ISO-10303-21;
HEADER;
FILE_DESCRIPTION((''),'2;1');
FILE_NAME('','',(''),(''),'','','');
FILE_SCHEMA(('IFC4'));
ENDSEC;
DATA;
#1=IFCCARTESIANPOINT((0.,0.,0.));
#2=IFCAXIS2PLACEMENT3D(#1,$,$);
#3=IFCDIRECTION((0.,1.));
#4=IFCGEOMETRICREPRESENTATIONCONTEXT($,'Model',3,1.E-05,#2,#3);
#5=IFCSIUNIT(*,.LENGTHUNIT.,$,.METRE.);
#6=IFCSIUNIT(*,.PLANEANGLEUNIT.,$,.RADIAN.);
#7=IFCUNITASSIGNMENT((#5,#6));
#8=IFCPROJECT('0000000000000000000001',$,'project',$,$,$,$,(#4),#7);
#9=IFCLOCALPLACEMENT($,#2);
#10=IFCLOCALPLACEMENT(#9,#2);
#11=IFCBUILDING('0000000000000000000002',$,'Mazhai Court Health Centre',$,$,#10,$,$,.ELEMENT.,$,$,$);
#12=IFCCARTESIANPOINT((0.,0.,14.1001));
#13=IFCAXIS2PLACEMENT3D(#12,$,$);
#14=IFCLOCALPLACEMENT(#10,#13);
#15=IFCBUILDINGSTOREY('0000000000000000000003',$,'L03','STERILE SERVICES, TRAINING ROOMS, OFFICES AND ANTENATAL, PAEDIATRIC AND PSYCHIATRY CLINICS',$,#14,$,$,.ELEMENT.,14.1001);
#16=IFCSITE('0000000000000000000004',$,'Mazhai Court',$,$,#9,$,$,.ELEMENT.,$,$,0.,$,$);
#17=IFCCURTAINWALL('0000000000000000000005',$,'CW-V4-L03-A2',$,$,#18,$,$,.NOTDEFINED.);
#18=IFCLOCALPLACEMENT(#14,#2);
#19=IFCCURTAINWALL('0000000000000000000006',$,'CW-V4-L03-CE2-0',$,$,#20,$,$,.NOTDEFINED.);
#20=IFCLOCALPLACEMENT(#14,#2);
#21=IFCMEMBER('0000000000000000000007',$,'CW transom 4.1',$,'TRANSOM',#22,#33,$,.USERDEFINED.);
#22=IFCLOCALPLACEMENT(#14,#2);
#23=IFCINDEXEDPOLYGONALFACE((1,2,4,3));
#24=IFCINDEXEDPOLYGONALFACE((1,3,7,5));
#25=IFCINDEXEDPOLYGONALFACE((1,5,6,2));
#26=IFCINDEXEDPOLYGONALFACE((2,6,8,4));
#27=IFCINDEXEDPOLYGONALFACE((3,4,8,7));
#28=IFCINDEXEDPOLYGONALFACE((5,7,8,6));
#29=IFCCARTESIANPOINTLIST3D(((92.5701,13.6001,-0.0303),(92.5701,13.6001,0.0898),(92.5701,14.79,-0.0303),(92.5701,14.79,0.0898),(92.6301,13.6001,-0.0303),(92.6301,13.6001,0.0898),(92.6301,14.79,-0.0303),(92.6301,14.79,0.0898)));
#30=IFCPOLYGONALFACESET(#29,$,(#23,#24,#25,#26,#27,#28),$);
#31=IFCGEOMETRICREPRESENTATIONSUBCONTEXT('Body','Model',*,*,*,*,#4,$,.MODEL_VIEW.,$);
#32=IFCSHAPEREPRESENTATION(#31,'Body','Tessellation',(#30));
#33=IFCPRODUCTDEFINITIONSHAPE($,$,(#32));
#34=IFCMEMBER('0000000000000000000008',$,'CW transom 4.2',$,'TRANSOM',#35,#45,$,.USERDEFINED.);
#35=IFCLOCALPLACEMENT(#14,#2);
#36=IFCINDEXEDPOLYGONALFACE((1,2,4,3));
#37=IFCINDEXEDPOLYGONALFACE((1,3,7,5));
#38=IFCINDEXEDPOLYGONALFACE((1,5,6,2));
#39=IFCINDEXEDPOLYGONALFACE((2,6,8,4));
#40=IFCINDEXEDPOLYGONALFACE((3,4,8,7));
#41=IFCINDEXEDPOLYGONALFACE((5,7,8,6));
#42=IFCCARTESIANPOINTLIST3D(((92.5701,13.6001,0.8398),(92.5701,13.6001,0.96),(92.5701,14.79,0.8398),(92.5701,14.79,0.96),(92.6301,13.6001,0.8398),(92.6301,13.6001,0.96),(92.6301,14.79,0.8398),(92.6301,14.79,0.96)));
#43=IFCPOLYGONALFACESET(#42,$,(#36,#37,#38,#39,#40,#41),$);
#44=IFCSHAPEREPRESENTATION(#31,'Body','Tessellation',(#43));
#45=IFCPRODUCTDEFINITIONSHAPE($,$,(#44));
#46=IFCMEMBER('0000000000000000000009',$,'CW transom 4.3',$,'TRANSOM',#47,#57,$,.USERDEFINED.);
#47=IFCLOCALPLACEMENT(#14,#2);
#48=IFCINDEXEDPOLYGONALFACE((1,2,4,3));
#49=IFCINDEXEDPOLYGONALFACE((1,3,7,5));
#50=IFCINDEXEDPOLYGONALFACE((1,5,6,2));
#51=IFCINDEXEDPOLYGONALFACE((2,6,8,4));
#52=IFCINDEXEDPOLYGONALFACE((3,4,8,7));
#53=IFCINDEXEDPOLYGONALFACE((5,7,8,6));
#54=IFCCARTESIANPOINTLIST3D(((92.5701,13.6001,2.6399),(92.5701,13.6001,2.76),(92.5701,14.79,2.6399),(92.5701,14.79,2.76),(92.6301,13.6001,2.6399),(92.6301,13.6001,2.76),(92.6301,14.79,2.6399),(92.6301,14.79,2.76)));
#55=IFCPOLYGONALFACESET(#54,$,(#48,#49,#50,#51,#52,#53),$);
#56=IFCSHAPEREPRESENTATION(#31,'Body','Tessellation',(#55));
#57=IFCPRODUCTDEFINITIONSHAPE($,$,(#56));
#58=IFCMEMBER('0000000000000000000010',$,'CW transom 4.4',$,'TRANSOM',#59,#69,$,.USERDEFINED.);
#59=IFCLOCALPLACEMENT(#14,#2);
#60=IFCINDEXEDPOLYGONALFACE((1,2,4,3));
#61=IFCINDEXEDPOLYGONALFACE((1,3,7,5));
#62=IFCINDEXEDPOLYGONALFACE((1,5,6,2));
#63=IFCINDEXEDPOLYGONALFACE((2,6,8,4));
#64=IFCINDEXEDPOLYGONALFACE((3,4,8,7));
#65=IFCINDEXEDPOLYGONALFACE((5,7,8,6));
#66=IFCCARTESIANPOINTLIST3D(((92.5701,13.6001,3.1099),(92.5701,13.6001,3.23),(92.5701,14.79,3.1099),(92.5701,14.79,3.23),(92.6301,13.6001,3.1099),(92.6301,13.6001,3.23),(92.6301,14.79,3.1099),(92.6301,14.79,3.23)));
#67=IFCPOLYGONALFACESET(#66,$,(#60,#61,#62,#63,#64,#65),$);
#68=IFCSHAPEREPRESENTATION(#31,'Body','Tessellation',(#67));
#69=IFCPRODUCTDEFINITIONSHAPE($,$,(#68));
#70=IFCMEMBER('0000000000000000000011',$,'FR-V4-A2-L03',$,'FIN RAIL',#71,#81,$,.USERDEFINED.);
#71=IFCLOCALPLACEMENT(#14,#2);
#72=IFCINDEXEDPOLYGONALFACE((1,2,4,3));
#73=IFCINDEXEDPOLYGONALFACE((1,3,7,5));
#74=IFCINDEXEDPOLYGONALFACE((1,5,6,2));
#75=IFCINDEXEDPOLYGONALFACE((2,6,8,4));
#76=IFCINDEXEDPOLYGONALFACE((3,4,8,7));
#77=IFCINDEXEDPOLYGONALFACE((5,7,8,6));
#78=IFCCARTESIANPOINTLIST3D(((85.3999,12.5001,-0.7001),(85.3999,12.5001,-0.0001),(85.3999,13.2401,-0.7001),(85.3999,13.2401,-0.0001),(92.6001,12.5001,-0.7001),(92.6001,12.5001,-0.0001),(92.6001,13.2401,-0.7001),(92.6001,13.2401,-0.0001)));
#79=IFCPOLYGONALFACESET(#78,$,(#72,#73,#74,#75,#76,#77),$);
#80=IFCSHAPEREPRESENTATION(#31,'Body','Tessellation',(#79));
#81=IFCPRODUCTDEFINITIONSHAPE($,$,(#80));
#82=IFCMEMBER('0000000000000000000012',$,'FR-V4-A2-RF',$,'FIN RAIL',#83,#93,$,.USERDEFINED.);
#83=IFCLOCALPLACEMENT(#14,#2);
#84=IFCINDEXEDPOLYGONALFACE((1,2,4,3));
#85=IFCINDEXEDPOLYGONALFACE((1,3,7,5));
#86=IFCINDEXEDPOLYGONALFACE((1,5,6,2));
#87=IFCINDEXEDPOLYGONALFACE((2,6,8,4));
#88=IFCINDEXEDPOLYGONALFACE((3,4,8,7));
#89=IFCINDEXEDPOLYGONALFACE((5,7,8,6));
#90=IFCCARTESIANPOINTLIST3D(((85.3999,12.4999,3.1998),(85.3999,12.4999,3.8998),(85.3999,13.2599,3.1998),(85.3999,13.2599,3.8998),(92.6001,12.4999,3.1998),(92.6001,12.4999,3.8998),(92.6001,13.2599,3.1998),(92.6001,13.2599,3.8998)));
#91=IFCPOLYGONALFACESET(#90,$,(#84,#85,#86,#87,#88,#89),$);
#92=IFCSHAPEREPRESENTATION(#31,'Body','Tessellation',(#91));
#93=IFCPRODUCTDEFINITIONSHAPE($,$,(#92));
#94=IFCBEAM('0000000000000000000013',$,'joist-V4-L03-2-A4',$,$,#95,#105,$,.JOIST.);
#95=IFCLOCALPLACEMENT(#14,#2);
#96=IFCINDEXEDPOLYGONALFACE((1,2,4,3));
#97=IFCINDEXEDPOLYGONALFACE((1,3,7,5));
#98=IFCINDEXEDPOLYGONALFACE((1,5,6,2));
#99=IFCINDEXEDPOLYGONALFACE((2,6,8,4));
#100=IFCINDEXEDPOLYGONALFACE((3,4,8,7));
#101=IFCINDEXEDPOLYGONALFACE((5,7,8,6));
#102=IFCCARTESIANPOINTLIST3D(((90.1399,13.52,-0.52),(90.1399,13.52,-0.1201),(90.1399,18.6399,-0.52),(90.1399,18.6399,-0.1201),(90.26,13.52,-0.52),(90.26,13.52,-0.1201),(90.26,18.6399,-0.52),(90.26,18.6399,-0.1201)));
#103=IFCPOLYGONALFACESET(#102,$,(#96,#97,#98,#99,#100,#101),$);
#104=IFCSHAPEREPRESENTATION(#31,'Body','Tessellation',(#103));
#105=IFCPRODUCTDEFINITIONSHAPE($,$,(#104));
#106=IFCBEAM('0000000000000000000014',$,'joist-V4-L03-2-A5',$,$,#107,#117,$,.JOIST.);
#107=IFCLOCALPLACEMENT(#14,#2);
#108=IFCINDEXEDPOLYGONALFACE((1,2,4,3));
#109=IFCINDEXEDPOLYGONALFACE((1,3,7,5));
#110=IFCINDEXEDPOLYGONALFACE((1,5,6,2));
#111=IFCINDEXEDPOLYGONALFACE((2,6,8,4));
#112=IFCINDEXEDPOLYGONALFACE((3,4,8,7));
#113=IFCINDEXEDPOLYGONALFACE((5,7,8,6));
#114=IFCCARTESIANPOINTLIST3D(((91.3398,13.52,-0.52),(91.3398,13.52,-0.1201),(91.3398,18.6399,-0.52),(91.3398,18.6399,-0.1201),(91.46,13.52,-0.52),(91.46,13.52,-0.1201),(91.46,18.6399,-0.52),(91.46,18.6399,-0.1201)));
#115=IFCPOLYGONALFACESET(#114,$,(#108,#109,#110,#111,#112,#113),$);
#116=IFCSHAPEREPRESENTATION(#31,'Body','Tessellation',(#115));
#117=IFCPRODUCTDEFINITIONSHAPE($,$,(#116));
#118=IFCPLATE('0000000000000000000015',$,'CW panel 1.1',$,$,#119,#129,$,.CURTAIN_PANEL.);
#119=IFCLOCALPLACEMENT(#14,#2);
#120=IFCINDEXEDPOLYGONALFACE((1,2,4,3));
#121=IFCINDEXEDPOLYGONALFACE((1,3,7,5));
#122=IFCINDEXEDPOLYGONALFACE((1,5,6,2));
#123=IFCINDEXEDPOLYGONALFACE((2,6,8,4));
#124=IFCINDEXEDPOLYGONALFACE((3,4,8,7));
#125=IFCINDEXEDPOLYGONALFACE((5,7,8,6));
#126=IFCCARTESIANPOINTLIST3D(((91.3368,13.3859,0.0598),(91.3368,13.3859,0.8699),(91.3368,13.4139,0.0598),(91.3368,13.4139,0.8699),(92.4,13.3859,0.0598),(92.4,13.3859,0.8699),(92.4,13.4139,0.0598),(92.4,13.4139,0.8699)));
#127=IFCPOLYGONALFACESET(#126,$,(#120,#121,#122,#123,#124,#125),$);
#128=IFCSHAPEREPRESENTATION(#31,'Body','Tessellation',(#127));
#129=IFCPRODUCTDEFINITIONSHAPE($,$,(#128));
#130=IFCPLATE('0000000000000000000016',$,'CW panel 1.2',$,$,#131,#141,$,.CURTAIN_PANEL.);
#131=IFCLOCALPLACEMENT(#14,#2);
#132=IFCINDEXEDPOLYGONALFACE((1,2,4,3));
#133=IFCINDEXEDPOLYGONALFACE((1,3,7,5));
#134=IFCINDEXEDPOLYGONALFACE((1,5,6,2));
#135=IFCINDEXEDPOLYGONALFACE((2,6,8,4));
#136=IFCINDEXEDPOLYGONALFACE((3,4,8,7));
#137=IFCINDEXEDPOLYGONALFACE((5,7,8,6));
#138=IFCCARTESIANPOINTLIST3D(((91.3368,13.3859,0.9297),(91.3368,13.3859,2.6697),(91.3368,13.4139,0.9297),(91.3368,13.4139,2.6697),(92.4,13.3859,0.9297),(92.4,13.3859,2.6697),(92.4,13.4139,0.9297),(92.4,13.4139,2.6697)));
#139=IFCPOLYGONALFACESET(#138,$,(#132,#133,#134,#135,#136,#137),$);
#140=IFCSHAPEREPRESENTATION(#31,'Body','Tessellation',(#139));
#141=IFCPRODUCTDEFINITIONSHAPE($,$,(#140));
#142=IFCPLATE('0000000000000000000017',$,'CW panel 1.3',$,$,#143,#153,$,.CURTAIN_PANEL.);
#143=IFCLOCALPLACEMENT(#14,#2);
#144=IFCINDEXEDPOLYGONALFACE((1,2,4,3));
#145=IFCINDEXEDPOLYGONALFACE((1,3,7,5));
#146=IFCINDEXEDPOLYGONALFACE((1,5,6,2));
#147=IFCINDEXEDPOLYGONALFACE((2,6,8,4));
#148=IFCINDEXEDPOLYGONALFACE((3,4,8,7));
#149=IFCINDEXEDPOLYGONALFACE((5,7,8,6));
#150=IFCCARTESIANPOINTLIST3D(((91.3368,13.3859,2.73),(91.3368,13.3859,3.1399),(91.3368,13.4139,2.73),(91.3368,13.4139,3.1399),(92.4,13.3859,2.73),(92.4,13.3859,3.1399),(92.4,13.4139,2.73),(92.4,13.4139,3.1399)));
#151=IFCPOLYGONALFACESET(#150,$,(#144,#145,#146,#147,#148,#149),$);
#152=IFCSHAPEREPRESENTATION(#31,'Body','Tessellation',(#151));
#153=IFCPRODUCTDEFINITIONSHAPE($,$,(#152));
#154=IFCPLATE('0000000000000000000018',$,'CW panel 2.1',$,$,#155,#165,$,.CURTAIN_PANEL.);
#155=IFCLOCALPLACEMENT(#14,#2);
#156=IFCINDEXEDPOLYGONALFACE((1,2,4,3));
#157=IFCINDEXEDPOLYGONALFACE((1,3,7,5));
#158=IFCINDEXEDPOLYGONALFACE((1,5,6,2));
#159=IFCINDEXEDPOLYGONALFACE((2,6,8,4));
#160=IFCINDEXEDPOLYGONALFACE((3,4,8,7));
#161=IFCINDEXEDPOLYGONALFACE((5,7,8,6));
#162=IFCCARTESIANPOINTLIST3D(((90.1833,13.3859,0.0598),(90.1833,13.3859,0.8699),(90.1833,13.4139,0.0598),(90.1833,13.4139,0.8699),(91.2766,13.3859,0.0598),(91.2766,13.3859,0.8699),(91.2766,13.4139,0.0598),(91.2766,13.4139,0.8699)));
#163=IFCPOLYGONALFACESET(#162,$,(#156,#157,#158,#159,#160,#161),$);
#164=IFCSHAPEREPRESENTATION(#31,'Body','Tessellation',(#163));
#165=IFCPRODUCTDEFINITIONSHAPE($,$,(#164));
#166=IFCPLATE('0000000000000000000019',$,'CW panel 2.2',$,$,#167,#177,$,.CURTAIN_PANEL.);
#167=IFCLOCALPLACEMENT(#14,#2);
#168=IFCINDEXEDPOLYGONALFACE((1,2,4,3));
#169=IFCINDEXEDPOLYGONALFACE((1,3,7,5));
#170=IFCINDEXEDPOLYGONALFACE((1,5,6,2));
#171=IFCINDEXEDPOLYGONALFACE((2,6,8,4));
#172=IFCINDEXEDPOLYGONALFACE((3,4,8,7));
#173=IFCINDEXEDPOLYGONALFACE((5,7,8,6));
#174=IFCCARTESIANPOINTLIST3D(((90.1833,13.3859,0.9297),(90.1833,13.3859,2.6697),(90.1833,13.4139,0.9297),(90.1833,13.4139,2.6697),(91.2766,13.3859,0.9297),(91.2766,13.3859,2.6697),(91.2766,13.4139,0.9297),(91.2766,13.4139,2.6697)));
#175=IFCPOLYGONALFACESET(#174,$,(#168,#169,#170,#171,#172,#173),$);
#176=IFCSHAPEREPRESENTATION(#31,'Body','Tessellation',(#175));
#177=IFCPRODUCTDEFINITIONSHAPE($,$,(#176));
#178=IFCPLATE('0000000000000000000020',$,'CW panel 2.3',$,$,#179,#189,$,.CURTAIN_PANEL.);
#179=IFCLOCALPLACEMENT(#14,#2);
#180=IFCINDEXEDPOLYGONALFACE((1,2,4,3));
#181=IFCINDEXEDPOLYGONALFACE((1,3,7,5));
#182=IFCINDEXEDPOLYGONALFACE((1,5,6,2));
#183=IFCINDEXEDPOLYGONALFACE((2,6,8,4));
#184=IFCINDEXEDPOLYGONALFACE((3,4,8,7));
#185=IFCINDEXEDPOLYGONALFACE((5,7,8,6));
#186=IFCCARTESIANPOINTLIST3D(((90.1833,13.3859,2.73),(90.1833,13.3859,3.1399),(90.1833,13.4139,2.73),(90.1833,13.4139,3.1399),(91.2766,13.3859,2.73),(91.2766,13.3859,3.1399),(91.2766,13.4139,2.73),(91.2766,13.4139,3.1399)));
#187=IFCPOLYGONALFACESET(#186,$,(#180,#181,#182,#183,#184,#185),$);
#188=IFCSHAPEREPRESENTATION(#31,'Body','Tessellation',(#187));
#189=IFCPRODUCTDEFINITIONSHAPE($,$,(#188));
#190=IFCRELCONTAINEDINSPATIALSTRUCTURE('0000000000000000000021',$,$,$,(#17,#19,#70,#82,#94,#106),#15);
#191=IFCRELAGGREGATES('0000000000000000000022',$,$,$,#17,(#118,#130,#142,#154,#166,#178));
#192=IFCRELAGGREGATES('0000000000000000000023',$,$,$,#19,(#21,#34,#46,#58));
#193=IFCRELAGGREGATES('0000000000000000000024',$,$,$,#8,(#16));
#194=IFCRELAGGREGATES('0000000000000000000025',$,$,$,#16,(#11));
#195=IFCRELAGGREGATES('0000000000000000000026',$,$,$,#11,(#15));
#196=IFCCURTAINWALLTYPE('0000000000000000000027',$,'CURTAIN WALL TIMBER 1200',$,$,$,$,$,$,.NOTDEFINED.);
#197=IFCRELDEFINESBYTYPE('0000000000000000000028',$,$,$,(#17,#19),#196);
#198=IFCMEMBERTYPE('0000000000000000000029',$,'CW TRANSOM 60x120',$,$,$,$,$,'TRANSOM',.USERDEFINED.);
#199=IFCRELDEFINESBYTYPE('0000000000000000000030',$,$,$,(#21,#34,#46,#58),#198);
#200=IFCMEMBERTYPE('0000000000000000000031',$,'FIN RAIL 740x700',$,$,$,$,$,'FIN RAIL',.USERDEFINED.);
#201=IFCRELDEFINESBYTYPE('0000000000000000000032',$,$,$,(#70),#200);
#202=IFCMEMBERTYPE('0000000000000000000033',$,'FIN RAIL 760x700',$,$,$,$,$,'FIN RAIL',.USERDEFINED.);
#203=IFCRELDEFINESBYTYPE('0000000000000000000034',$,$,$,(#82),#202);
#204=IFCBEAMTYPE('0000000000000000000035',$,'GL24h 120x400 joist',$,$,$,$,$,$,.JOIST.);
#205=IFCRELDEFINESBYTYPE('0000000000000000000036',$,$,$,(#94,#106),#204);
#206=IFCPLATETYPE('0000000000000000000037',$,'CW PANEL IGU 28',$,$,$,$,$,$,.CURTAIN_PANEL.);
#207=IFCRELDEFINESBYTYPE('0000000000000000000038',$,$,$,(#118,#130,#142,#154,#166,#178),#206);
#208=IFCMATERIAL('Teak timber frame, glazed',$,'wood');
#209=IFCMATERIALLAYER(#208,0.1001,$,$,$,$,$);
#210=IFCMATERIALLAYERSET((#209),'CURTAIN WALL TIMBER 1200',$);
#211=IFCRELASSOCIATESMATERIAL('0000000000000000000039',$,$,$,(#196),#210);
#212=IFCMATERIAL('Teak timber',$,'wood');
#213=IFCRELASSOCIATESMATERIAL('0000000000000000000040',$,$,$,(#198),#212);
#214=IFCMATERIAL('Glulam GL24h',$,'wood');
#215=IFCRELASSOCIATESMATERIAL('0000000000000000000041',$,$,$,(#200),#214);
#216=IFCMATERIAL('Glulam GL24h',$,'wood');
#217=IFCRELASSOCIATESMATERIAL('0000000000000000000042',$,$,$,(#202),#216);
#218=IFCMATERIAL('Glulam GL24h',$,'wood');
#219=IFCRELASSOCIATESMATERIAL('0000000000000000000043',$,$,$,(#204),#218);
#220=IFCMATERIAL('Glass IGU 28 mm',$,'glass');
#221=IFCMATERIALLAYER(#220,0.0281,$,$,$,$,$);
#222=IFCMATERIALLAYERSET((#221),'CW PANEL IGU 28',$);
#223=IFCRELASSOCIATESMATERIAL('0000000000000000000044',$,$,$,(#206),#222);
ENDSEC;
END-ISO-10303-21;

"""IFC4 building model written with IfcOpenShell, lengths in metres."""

from ifc_helpers import new_model, si_unit, direction, frame, origin, origin_2d, place, context, subcontext, project, spatial, rectangle, extrude, material, layer, layer_set, material_profile, profile_set, type_object, element, aggregate, save


model = new_model("IFC4")

# Units and contexts
model_context = context("Model", 3, precision=1e-05, world=origin(), true_north=direction((0.0, 1.0)))
body_context = subcontext(model_context, "Body", "Model", "MODEL_VIEW")
ifc_project = project(units=[si_unit("LENGTHUNIT", "METRE"), si_unit("PLANEANGLEUNIT", "RADIAN")], contexts=[model_context])

# Site, building, storey
site_placement = place(None, origin())
site = spatial("IfcSite", under=ifc_project, at=site_placement, Name="Mazhai Court", CompositionType="ELEMENT", RefElevation=0.0)
building_placement = place(site_placement, origin())
building = spatial("IfcBuilding", under=site, at=building_placement, Name="Mazhai Court Health Centre", CompositionType="ELEMENT")
storey_placement = place(building_placement, frame((0.0, 0.0, 14.1001)))
storey = spatial("IfcBuildingStorey", under=building, at=storey_placement, Name="L03", Description="STERILE SERVICES, TRAINING ROOMS, OFFICES AND ANTENATAL, PAEDIATRIC AND PSYCHIATRY CLINICS", CompositionType="ELEMENT", Elevation=14.1001)

# Curtain walls
ifc_material_1 = material(Name="Teak timber frame, glazed", Category="wood")
ifc_layer_1 = layer(ifc_material_1, 0.1001)
ifc_layer_set_1 = layer_set([ifc_layer_1], Name="CURTAIN WALL TIMBER 1200")
curtain_wall_type = type_object("IfcCurtainWallType", Name="CURTAIN WALL TIMBER 1200", PredefinedType="NOTDEFINED", material=ifc_layer_set_1)
curtain_wall_1_placement = place(storey_placement, origin())
curtain_wall_1 = element("IfcCurtainWall", 1, at=curtain_wall_1_placement, inside=storey, type_object=curtain_wall_type, Name="CW-V4-L03-A2", PredefinedType="NOTDEFINED")
curtain_wall_2_placement = place(storey_placement, origin())
curtain_wall_2 = element("IfcCurtainWall", 2, at=curtain_wall_2_placement, inside=storey, type_object=curtain_wall_type, Name="CW-V4-L03-CE2-0", PredefinedType="NOTDEFINED")

# Members
ifc_material_2 = material(Name="Teak timber", Category="wood")
ifc_material_profile_1 = material_profile(ifc_material_2, rectangle(XDim=0.0601, YDim=0.1201, at=origin_2d()), Name="CW TRANSOM 60x120")
ifc_profile_set_1 = profile_set([ifc_material_profile_1], Name="Teak timber")
member_type_1 = type_object("IfcMemberType", Name="CW TRANSOM 60x120", ElementType="TRANSOM", PredefinedType="USERDEFINED", material=ifc_profile_set_1)
member_1_placement = place(storey_placement, frame((92.6001, 14.79, 0.0298), z_axis=(0.0, -1.0, 0.0), x_axis=(1.0, 0.0, 0.0)))
member_1 = element("IfcMember", 3, at=member_1_placement, type_object=member_type_1, Name="CW transom 4.1", ObjectType="TRANSOM", PredefinedType="USERDEFINED", context=body_context, shape_type="SweptSolid", body=[
    extrude(rectangle(XDim=0.0601, YDim=0.1201, at=origin_2d()), origin(), (0.0, 0.0, 1.0), 1.1899),
])
member_2_placement = place(storey_placement, frame((92.6001, 14.79, 0.8999), z_axis=(0.0, -1.0, 0.0), x_axis=(1.0, 0.0, 0.0)))
member_2 = element("IfcMember", 4, at=member_2_placement, type_object=member_type_1, Name="CW transom 4.2", ObjectType="TRANSOM", PredefinedType="USERDEFINED", context=body_context, shape_type="SweptSolid", body=[
    extrude(rectangle(XDim=0.0601, YDim=0.1201, at=origin_2d()), origin(), (0.0, 0.0, 1.0), 1.1899),
])
member_3_placement = place(storey_placement, frame((92.6001, 14.79, 2.7), z_axis=(0.0, -1.0, 0.0), x_axis=(1.0, 0.0, 0.0)))
member_3 = element("IfcMember", 5, at=member_3_placement, type_object=member_type_1, Name="CW transom 4.3", ObjectType="TRANSOM", PredefinedType="USERDEFINED", context=body_context, shape_type="SweptSolid", body=[
    extrude(rectangle(XDim=0.0601, YDim=0.1201, at=origin_2d()), origin(), (0.0, 0.0, 1.0), 1.1899),
])
member_4_placement = place(storey_placement, frame((92.6001, 14.79, 3.1699), z_axis=(0.0, -1.0, 0.0), x_axis=(1.0, 0.0, 0.0)))
member_4 = element("IfcMember", 6, at=member_4_placement, type_object=member_type_1, Name="CW transom 4.4", ObjectType="TRANSOM", PredefinedType="USERDEFINED", context=body_context, shape_type="SweptSolid", body=[
    extrude(rectangle(XDim=0.0601, YDim=0.1201, at=origin_2d()), origin(), (0.0, 0.0, 1.0), 1.1899),
])

# Members
ifc_material_3 = material(Name="Glulam GL24h", Category="wood")
ifc_material_profile_2 = material_profile(ifc_material_3, rectangle(XDim=0.74, YDim=0.7, at=origin_2d()), Name="FIN RAIL 740x700")
ifc_profile_set_2 = profile_set([ifc_material_profile_2], Name="Glulam GL24h")
member_type_2 = type_object("IfcMemberType", Name="FIN RAIL 740x700", ElementType="FIN RAIL", PredefinedType="USERDEFINED", material=ifc_profile_set_2)
member_5_placement = place(storey_placement, frame((92.6001, 12.8701, -0.3501), z_axis=(-1.0, 0.0, 0.0), x_axis=(0.0, -1.0, 0.0)))
element("IfcMember", 7, at=member_5_placement, inside=storey, type_object=member_type_2, Name="FR-V4-A2-L03", ObjectType="FIN RAIL", PredefinedType="USERDEFINED", context=body_context, shape_type="SweptSolid", body=[
    extrude(rectangle(XDim=0.74, YDim=0.7, at=origin_2d()), origin(), (0.0, 0.0, 1.0), 7.2002),
])
ifc_material_4 = material(Name="Glulam GL24h", Category="wood")
ifc_material_profile_3 = material_profile(ifc_material_4, rectangle(XDim=0.76, YDim=0.7, at=origin_2d()), Name="FIN RAIL 760x700")
ifc_profile_set_3 = profile_set([ifc_material_profile_3], Name="Glulam GL24h")
member_type_3 = type_object("IfcMemberType", Name="FIN RAIL 760x700", ElementType="FIN RAIL", PredefinedType="USERDEFINED", material=ifc_profile_set_3)
member_6_placement = place(storey_placement, frame((92.6001, 12.8799, 3.5498), z_axis=(-1.0, 0.0, 0.0), x_axis=(0.0, -1.0, 0.0)))
element("IfcMember", 8, at=member_6_placement, inside=storey, type_object=member_type_3, Name="FR-V4-A2-RF", ObjectType="FIN RAIL", PredefinedType="USERDEFINED", context=body_context, shape_type="SweptSolid", body=[
    extrude(rectangle(XDim=0.76, YDim=0.7, at=origin_2d()), origin(), (0.0, 0.0, 1.0), 7.2002),
])

# Beams
ifc_material_5 = material(Name="Glulam GL24h", Category="wood")
ifc_material_profile_4 = material_profile(ifc_material_5, rectangle(XDim=0.1201, YDim=0.3999, at=origin_2d()), Name="GL24h 120x400")
ifc_profile_set_4 = profile_set([ifc_material_profile_4], Name="Glulam GL24h")
beam_type = type_object("IfcBeamType", Name="GL24h 120x400 joist", PredefinedType="JOIST", material=ifc_profile_set_4)
for number, where, z_axis, x_axis, name in (
    (9, (90.2, 13.52, -0.3201), (0.0, 1.0, 0.0), (-1.0, 0.0, 0.0), "joist-V4-L03-2-A4"),
    (10, (91.3999, 13.52, -0.3201), (0.0, 1.0, 0.0), (-1.0, 0.0, 0.0), "joist-V4-L03-2-A5"),
):
    element("IfcBeam", number, at=place(storey_placement, frame(where, z_axis=z_axis, x_axis=x_axis)), inside=storey, type_object=beam_type, Name=name, PredefinedType="JOIST", context=body_context, shape_type="SweptSolid", body=[
        extrude(rectangle(XDim=0.1201, YDim=0.3999, at=origin_2d()), origin(), (0.0, 0.0, 1.0), 5.1199),
    ])

# Plates
ifc_material_6 = material(Name="Glass IGU 28 mm", Category="glass")
ifc_layer_2 = layer(ifc_material_6, 0.0281)
ifc_layer_set_2 = layer_set([ifc_layer_2], Name="CW PANEL IGU 28")
plate_type = type_object("IfcPlateType", Name="CW PANEL IGU 28", PredefinedType="CURTAIN_PANEL", material=ifc_layer_set_2)
plate_1_placement = place(storey_placement, frame((91.8684, 13.3999, 0.0598), z_axis=(0.0, 0.0, 1.0), x_axis=(-1.0, 0.0, 0.0)))
plate_1 = element("IfcPlate", 11, at=plate_1_placement, type_object=plate_type, Name="CW panel 1.1", PredefinedType="CURTAIN_PANEL", context=body_context, shape_type="SweptSolid", body=[
    extrude(rectangle(XDim=1.0632, YDim=0.0281, at=origin_2d()), origin(), (0.0, 0.0, 1.0), 0.8101),
])
plate_2_placement = place(storey_placement, frame((91.8684, 13.3999, 0.9297), z_axis=(0.0, 0.0, 1.0), x_axis=(-1.0, 0.0, 0.0)))
plate_2 = element("IfcPlate", 12, at=plate_2_placement, type_object=plate_type, Name="CW panel 1.2", PredefinedType="CURTAIN_PANEL", context=body_context, shape_type="SweptSolid", body=[
    extrude(rectangle(XDim=1.0632, YDim=0.0281, at=origin_2d()), origin(), (0.0, 0.0, 1.0), 1.74),
])
plate_3_placement = place(storey_placement, frame((91.8684, 13.3999, 2.73), z_axis=(0.0, 0.0, 1.0), x_axis=(-1.0, 0.0, 0.0)))
plate_3 = element("IfcPlate", 13, at=plate_3_placement, type_object=plate_type, Name="CW panel 1.3", PredefinedType="CURTAIN_PANEL", context=body_context, shape_type="SweptSolid", body=[
    extrude(rectangle(XDim=1.0632, YDim=0.0281, at=origin_2d()), origin(), (0.0, 0.0, 1.0), 0.4099),
])
plate_4_placement = place(storey_placement, frame((90.73, 13.3999, 0.0598), z_axis=(0.0, 0.0, 1.0), x_axis=(-1.0, 0.0, 0.0)))
plate_4 = element("IfcPlate", 14, at=plate_4_placement, type_object=plate_type, Name="CW panel 2.1", PredefinedType="CURTAIN_PANEL", context=body_context, shape_type="SweptSolid", body=[
    extrude(rectangle(XDim=1.0933, YDim=0.0281, at=origin_2d()), origin(), (0.0, 0.0, 1.0), 0.8101),
])
plate_5_placement = place(storey_placement, frame((90.73, 13.3999, 0.9297), z_axis=(0.0, 0.0, 1.0), x_axis=(-1.0, 0.0, 0.0)))
plate_5 = element("IfcPlate", 15, at=plate_5_placement, type_object=plate_type, Name="CW panel 2.2", PredefinedType="CURTAIN_PANEL", context=body_context, shape_type="SweptSolid", body=[
    extrude(rectangle(XDim=1.0933, YDim=0.0281, at=origin_2d()), origin(), (0.0, 0.0, 1.0), 1.74),
])
plate_6_placement = place(storey_placement, frame((90.73, 13.3999, 2.73), z_axis=(0.0, 0.0, 1.0), x_axis=(-1.0, 0.0, 0.0)))
plate_6 = element("IfcPlate", 16, at=plate_6_placement, type_object=plate_type, Name="CW panel 2.3", PredefinedType="CURTAIN_PANEL", context=body_context, shape_type="SweptSolid", body=[
    extrude(rectangle(XDim=1.0933, YDim=0.0281, at=origin_2d()), origin(), (0.0, 0.0, 1.0), 0.4099),
])
aggregate(curtain_wall_1, [plate_1, plate_2, plate_3, plate_4, plate_5, plate_6])
aggregate(curtain_wall_2, [member_1, member_2, member_3, member_4])

save(model, "model.ifc")
